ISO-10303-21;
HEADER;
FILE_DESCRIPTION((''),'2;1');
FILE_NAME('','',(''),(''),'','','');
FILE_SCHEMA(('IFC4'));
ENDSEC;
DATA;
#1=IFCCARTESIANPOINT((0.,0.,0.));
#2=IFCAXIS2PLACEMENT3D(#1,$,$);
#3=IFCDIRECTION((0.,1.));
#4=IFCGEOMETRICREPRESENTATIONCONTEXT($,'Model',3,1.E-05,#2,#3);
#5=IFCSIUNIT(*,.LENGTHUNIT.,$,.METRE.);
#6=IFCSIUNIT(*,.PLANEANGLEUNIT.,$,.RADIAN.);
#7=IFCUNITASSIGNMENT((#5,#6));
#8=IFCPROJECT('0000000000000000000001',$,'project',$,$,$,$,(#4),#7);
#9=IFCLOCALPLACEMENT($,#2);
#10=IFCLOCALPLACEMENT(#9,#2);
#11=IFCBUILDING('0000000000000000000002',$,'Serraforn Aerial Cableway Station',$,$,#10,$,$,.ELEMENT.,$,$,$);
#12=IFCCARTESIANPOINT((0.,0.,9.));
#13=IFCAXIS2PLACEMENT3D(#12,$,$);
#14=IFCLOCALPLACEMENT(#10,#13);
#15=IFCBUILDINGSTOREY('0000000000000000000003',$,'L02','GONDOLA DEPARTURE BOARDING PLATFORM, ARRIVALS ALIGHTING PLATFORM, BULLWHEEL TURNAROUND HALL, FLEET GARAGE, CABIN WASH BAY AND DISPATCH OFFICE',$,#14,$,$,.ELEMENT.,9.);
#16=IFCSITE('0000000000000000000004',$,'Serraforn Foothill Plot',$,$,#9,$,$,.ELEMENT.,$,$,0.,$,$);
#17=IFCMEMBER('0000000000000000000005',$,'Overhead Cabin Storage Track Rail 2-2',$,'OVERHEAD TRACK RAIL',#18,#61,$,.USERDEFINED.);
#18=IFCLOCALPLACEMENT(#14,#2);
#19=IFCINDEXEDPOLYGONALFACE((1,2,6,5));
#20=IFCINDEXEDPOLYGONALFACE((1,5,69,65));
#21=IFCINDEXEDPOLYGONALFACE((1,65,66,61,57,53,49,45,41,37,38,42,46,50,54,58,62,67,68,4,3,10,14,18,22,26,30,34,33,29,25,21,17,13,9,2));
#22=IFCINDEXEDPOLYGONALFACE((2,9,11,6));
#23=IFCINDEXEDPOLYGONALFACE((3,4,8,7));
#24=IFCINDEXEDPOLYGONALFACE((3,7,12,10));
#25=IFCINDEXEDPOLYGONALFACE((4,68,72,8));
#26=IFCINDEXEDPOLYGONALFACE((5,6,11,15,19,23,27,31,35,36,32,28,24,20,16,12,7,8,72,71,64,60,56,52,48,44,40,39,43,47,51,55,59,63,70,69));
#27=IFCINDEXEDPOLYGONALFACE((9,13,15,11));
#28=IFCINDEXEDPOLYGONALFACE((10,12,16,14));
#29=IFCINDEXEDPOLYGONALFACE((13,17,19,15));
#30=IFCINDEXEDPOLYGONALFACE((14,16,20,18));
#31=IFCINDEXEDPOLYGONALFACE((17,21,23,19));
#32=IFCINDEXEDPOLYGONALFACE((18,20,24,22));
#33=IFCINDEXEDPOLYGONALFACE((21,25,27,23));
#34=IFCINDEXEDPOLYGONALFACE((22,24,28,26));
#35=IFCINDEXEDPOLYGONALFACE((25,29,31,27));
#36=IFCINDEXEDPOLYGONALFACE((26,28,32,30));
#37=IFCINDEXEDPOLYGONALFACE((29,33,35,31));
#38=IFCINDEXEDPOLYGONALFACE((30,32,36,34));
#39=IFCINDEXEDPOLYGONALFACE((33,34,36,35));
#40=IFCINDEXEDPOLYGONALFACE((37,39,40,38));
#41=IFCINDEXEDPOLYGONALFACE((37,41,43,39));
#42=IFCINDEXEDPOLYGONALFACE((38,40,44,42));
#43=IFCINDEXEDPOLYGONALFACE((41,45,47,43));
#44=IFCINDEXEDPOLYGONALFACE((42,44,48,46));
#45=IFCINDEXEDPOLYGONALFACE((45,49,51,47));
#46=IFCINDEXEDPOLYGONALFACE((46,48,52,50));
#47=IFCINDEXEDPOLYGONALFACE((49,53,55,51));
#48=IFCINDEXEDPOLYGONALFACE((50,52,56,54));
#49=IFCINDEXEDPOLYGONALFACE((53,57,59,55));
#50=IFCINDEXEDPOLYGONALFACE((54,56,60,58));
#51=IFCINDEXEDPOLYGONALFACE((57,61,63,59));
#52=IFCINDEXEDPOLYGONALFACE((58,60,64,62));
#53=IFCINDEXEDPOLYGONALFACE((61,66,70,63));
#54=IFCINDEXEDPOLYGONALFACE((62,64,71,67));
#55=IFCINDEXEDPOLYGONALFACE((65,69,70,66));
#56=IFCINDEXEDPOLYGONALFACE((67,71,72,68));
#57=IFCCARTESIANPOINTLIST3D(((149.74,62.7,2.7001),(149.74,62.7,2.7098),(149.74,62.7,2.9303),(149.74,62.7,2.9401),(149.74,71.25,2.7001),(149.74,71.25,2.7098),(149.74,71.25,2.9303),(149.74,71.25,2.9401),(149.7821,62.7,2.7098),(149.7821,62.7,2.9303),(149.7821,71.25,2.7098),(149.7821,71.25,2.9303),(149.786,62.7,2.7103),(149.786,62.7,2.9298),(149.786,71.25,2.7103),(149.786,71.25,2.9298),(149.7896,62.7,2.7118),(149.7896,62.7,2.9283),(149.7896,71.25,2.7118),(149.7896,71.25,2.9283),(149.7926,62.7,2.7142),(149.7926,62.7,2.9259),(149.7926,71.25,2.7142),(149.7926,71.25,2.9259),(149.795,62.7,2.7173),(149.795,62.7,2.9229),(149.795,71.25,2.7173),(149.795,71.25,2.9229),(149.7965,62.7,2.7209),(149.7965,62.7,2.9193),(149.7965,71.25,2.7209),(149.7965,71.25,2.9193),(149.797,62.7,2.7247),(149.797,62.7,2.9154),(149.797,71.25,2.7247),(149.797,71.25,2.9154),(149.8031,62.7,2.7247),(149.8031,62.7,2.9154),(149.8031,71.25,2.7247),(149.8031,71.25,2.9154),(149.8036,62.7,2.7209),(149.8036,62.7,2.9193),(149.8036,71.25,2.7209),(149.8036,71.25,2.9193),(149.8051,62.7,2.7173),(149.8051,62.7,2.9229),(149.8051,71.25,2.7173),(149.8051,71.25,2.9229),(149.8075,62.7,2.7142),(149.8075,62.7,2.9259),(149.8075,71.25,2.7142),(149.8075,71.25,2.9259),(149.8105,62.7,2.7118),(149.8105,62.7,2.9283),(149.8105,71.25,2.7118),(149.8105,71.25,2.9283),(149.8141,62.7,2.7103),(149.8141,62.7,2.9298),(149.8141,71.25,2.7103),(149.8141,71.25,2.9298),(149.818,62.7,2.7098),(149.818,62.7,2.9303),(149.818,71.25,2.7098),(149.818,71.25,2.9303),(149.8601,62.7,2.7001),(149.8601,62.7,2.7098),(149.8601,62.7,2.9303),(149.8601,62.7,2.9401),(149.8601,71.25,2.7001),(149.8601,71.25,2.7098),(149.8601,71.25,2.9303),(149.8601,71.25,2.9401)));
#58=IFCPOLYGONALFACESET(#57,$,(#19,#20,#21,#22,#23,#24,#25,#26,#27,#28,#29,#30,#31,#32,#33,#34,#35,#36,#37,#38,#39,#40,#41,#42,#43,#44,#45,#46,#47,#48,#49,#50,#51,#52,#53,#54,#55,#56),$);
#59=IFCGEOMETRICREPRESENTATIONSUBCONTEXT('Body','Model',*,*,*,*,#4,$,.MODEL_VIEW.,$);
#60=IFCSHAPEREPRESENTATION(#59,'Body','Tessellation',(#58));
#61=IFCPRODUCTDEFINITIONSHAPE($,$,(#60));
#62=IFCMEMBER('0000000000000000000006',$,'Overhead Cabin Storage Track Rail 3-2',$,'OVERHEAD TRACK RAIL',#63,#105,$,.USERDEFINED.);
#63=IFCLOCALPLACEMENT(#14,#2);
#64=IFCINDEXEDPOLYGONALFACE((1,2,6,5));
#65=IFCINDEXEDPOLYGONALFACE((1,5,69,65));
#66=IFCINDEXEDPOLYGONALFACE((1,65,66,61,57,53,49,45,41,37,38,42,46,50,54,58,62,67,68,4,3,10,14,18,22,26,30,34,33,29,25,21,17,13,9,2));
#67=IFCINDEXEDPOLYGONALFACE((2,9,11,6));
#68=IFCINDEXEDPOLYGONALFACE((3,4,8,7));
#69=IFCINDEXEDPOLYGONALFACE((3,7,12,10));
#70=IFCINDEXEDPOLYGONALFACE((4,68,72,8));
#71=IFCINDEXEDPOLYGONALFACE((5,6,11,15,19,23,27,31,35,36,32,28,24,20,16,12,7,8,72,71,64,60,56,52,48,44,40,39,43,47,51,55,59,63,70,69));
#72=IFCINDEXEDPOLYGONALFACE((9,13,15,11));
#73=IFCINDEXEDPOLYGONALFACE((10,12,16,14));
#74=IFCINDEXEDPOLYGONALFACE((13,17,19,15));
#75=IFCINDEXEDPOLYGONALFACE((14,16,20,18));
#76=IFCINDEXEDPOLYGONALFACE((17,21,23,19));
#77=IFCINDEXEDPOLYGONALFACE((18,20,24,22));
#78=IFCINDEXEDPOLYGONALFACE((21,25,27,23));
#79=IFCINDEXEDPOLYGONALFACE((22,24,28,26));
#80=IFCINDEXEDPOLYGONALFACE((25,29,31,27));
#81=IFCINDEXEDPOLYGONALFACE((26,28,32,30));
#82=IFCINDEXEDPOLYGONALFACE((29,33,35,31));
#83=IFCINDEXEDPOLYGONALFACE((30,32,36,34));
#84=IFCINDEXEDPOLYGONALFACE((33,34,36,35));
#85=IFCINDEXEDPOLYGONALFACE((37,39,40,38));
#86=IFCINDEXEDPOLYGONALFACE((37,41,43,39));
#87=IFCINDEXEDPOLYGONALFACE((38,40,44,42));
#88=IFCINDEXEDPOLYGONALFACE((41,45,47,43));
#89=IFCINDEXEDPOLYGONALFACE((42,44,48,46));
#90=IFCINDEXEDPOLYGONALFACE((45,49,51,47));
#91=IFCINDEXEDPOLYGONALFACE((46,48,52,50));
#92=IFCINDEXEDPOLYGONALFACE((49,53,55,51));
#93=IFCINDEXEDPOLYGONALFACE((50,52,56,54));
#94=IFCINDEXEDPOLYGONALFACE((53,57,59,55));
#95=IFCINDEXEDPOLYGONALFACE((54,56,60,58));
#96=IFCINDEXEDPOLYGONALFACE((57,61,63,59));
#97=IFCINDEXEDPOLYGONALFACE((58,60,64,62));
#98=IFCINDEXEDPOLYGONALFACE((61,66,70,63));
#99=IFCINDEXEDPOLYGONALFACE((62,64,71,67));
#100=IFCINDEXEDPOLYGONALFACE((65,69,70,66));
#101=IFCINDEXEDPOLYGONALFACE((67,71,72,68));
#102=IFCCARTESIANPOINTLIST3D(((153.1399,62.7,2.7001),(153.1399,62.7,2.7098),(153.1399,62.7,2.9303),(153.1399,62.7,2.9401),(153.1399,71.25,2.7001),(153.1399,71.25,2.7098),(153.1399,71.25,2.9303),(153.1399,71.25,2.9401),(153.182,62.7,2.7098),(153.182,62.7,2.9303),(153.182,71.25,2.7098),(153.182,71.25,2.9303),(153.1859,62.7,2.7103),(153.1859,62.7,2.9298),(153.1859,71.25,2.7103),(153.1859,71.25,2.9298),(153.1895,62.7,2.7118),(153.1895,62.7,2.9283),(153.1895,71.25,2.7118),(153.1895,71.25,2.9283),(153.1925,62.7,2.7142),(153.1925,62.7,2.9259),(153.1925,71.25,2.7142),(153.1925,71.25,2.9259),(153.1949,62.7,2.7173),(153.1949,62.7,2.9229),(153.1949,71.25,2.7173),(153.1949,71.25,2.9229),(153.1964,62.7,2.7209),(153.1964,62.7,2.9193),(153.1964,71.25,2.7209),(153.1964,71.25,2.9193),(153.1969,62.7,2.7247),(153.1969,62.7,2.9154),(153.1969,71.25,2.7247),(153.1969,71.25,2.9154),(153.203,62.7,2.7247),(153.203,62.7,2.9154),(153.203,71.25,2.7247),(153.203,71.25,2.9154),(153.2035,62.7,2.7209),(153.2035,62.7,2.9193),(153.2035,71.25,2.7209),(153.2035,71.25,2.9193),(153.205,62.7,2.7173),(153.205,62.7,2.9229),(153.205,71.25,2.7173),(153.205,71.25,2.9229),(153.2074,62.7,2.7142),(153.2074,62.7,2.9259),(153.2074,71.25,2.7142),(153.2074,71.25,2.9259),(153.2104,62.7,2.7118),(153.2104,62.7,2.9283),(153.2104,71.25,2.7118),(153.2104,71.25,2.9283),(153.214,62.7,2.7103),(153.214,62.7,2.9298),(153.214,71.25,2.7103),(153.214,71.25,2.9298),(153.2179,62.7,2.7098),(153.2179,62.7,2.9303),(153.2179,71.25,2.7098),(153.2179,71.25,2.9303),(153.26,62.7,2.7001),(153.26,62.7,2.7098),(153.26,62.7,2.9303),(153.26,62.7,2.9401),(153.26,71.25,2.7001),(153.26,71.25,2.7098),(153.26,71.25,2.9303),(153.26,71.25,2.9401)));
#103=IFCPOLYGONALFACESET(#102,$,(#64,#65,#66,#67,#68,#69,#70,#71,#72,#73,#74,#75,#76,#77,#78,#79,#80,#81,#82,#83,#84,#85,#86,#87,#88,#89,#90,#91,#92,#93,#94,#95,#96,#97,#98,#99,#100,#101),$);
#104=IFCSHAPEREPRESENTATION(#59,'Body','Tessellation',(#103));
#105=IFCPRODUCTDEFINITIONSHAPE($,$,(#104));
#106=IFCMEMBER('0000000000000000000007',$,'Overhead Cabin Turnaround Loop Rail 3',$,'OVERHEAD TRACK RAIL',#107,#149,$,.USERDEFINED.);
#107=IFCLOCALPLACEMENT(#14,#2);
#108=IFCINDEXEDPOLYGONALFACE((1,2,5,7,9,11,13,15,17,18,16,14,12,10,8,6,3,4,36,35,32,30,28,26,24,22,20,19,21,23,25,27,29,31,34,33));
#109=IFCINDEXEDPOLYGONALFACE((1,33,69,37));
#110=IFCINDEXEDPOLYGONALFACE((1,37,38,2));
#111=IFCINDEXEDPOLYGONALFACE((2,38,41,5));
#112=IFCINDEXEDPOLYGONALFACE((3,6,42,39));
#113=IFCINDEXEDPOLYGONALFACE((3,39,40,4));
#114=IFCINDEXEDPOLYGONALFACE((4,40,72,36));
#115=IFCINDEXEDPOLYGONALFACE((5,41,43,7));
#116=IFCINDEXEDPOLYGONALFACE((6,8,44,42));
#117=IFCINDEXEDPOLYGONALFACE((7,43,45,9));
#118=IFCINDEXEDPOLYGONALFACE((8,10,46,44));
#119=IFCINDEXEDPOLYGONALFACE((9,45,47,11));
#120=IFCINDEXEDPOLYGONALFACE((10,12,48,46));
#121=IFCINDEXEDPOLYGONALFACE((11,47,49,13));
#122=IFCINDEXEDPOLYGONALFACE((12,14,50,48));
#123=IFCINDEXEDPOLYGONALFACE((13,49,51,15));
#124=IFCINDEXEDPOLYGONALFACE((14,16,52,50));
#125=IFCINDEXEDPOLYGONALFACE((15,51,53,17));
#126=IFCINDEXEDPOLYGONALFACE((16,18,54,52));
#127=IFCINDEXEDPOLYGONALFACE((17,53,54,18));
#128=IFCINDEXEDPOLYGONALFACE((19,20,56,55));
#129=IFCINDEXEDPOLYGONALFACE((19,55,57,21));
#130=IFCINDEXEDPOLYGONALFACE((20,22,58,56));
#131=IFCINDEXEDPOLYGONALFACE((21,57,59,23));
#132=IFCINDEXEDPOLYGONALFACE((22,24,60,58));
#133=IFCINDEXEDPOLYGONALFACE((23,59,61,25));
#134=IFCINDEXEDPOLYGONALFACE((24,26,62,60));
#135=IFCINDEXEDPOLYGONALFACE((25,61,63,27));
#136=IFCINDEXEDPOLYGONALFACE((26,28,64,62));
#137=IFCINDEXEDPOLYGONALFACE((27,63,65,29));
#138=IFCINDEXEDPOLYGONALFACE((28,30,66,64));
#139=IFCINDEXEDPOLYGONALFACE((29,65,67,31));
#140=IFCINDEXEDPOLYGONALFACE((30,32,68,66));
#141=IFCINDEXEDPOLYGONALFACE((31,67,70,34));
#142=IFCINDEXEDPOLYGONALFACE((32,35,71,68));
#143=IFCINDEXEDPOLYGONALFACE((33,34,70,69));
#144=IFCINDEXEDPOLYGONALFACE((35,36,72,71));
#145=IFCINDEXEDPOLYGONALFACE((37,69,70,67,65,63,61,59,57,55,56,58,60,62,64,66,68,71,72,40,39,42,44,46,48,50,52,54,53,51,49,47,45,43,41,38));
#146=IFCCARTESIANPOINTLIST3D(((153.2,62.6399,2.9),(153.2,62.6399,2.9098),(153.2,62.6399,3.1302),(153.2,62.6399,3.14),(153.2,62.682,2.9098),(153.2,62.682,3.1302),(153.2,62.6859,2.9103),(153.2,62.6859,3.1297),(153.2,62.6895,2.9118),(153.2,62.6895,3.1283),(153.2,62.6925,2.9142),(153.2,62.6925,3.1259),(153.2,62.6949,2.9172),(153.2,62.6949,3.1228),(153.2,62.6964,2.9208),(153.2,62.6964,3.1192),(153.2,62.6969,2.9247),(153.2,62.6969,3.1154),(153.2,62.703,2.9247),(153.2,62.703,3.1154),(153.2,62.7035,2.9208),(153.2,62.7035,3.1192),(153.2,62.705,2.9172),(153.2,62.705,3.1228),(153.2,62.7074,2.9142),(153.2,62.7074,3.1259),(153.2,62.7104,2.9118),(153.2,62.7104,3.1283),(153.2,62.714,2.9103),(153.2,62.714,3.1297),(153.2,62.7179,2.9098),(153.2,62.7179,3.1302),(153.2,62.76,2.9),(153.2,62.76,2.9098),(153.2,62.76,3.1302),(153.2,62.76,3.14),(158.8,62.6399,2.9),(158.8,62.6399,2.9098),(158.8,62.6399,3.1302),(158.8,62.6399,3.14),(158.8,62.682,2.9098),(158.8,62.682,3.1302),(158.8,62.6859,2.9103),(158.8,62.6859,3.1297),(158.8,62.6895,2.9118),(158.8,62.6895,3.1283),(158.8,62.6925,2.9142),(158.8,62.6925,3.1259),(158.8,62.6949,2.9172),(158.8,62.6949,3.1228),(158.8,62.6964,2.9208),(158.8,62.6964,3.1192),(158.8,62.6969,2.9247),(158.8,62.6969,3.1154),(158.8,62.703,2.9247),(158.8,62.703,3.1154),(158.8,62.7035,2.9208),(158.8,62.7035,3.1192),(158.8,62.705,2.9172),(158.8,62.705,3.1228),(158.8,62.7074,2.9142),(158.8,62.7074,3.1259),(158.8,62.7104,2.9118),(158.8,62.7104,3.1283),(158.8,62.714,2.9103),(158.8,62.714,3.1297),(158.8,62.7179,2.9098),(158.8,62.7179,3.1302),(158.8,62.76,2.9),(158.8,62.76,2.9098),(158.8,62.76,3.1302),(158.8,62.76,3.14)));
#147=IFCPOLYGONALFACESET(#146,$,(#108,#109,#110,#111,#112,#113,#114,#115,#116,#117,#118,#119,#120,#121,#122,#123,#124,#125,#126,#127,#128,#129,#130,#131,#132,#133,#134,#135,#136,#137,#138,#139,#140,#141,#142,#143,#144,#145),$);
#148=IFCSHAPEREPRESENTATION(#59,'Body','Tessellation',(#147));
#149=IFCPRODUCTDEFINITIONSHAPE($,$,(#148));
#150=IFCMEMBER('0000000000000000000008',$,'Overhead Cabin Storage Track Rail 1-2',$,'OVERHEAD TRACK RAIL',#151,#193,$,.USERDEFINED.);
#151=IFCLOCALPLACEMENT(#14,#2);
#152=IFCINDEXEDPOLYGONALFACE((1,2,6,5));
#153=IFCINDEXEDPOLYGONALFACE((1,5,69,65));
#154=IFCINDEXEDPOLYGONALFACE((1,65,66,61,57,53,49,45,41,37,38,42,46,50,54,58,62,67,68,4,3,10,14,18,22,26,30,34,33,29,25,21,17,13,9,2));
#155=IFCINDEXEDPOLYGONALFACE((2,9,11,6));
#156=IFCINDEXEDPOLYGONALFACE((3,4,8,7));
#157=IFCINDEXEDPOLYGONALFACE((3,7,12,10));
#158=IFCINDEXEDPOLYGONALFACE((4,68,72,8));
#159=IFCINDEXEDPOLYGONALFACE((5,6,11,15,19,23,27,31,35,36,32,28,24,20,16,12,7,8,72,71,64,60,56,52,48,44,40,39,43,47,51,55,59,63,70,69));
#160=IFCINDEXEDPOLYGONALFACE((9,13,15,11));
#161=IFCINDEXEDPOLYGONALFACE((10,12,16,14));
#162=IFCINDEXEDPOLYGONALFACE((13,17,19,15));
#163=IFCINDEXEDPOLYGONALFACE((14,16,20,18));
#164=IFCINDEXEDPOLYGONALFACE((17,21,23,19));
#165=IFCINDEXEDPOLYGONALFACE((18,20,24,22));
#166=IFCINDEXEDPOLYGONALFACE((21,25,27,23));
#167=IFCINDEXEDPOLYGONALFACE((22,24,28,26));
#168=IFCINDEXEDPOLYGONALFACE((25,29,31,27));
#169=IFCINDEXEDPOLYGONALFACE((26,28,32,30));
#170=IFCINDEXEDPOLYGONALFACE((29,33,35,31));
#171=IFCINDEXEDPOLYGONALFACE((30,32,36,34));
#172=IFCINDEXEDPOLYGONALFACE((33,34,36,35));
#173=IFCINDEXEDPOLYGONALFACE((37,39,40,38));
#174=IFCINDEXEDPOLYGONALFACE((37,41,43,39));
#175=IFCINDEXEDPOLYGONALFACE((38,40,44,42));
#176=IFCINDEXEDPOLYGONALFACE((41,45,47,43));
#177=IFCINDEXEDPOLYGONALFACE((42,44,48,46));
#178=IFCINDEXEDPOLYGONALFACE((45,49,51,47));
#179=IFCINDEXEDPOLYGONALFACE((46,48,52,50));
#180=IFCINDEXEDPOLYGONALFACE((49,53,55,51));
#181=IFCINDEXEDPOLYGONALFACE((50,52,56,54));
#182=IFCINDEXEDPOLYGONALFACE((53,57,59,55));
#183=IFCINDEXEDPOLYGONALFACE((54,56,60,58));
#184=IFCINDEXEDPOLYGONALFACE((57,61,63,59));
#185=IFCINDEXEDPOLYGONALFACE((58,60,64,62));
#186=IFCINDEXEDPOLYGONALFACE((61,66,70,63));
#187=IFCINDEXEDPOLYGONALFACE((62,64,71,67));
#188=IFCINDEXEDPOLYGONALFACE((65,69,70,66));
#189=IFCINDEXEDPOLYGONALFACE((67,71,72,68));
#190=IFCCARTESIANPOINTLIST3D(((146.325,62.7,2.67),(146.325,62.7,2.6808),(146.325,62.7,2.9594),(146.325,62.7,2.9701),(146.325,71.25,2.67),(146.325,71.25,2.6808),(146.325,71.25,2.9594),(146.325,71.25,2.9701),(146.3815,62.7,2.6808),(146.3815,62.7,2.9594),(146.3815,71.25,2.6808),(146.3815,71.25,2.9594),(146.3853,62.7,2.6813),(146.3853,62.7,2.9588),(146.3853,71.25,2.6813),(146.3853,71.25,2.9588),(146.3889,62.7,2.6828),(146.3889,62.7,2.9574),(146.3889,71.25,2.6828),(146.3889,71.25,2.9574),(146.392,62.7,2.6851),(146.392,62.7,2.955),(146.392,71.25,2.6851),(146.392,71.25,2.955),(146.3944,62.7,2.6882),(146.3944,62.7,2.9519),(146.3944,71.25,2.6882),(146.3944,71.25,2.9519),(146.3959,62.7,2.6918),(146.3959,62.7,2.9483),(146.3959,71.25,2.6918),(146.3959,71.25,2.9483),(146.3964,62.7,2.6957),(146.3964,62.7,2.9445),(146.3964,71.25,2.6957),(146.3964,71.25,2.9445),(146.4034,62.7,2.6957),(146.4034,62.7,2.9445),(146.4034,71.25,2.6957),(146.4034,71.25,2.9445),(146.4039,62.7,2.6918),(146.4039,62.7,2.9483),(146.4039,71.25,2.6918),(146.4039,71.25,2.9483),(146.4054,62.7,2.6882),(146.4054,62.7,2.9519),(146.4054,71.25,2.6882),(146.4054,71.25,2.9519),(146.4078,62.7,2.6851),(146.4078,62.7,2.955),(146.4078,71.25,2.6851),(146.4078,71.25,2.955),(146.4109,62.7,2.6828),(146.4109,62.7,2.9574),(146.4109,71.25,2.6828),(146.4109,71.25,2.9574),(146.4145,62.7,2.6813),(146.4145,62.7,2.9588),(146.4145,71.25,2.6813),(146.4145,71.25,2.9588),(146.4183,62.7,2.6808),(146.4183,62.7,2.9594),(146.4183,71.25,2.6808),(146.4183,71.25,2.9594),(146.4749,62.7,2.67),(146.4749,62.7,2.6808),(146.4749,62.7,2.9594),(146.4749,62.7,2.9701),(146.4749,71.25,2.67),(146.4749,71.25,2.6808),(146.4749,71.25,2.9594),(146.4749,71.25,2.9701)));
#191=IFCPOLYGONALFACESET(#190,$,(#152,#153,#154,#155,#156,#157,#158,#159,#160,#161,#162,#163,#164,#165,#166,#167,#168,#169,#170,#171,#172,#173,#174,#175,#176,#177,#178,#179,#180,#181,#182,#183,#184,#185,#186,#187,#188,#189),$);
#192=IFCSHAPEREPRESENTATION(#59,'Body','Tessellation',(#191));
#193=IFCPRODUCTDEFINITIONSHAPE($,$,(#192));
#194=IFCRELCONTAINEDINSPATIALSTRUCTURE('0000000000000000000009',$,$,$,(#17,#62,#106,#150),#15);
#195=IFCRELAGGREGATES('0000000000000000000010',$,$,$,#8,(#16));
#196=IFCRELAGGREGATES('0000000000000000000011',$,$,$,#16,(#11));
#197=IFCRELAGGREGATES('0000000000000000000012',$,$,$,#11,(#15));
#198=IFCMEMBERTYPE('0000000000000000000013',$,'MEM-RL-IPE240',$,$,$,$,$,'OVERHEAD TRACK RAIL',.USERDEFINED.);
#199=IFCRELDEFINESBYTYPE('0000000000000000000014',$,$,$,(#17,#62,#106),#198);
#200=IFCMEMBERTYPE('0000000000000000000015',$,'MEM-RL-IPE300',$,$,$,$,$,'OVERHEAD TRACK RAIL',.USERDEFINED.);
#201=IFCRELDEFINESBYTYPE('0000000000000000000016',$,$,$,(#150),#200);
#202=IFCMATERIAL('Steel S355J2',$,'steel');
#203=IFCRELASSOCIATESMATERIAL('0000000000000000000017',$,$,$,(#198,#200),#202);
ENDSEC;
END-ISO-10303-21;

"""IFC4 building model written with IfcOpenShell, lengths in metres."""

from ifc_helpers import new_model, si_unit, direction, frame, origin, origin_2d, place, context, subcontext, project, spatial, i_section, extrude, material, material_profile, profile_set, type_object, element, save


model = new_model("IFC4")

# Units and contexts
model_context = context("Model", 3, precision=1e-05, world=origin(), true_north=direction((0.0, 1.0)))
body_context = subcontext(model_context, "Body", "Model", "MODEL_VIEW")
ifc_project = project(units=[si_unit("LENGTHUNIT", "METRE"), si_unit("PLANEANGLEUNIT", "RADIAN")], contexts=[model_context])

# Site, building, storey
site_placement = place(None, origin())
site = spatial("IfcSite", under=ifc_project, at=site_placement, Name="Serraforn Foothill Plot", CompositionType="ELEMENT", RefElevation=0.0)
building_placement = place(site_placement, origin())
building = spatial("IfcBuilding", under=site, at=building_placement, Name="Serraforn Aerial Cableway Station", CompositionType="ELEMENT")
storey_placement = place(building_placement, frame((0.0, 0.0, 9.0)))
storey = spatial("IfcBuildingStorey", under=building, at=storey_placement, Name="L02", Description="GONDOLA DEPARTURE BOARDING PLATFORM, ARRIVALS ALIGHTING PLATFORM, BULLWHEEL TURNAROUND HALL, FLEET GARAGE, CABIN WASH BAY AND DISPATCH OFFICE", CompositionType="ELEMENT", Elevation=9.0)

# Members
ifc_material_1 = material(Name="Steel S355J2", Category="steel")
ifc_material_profile_1 = material_profile(ifc_material_1, i_section(OverallWidth=0.1201, OverallDepth=0.24, WebThickness=0.0061, FlangeThickness=0.0098, FilletRadius=0.0149, at=origin_2d()), Name="IPE 240")
ifc_profile_set_1 = profile_set([ifc_material_profile_1], Name="Steel S355J2")
member_type_1 = type_object("IfcMemberType", Name="MEM-RL-IPE240", ElementType="OVERHEAD TRACK RAIL", PredefinedType="USERDEFINED", material=ifc_profile_set_1)
for number, where, z_axis, x_axis, name in (
    (1, (149.8, 62.7, 2.8201), (0.0, 1.0, 0.0), (-1.0, 0.0, 0.0), "Overhead Cabin Storage Track Rail 2-2"),
    (2, (153.2, 62.7, 2.8201), (0.0, 1.0, 0.0), (-1.0, 0.0, 0.0), "Overhead Cabin Storage Track Rail 3-2"),
):
    element("IfcMember", number, at=place(storey_placement, frame(where, z_axis=z_axis, x_axis=x_axis)), inside=storey, type_object=member_type_1, Name=name, ObjectType="OVERHEAD TRACK RAIL", PredefinedType="USERDEFINED", context=body_context, shape_type="SweptSolid", body=[
        extrude(i_section(OverallWidth=0.1201, OverallDepth=0.24, WebThickness=0.0061, FlangeThickness=0.0098, FilletRadius=0.0149, at=origin_2d()), origin(), (0.0, 0.0, 1.0), 8.55),
    ])
member_1_placement = place(storey_placement, frame((153.2, 62.7, 3.02), z_axis=(1.0, 0.0, 0.0), x_axis=(0.0, 1.0, 0.0)))
element("IfcMember", 3, at=member_1_placement, inside=storey, type_object=member_type_1, Name="Overhead Cabin Turnaround Loop Rail 3", ObjectType="OVERHEAD TRACK RAIL", PredefinedType="USERDEFINED", context=body_context, shape_type="SweptSolid", body=[
    extrude(i_section(OverallWidth=0.1201, OverallDepth=0.24, WebThickness=0.0061, FlangeThickness=0.0098, FilletRadius=0.0149, at=origin_2d()), origin(), (0.0, 0.0, 1.0), 5.6001),
])
ifc_material_profile_2 = material_profile(ifc_material_1, i_section(OverallWidth=0.1499, OverallDepth=0.3, WebThickness=0.0071, FlangeThickness=0.0107, FilletRadius=0.0149, at=origin_2d()), Name="IPE 300")
ifc_profile_set_2 = profile_set([ifc_material_profile_2], Name="Steel S355J2")
member_type_2 = type_object("IfcMemberType", Name="MEM-RL-IPE300", ElementType="OVERHEAD TRACK RAIL", PredefinedType="USERDEFINED", material=ifc_profile_set_2)
member_2_placement = place(storey_placement, frame((146.3999, 62.7, 2.8201), z_axis=(0.0, 1.0, 0.0), x_axis=(-1.0, 0.0, 0.0)))
element("IfcMember", 4, at=member_2_placement, inside=storey, type_object=member_type_2, Name="Overhead Cabin Storage Track Rail 1-2", ObjectType="OVERHEAD TRACK RAIL", PredefinedType="USERDEFINED", context=body_context, shape_type="SweptSolid", body=[
    extrude(i_section(OverallWidth=0.1499, OverallDepth=0.3, WebThickness=0.0071, FlangeThickness=0.0107, FilletRadius=0.0149, at=origin_2d()), origin(), (0.0, 0.0, 1.0), 8.55),
])

save(model, "model.ifc")
